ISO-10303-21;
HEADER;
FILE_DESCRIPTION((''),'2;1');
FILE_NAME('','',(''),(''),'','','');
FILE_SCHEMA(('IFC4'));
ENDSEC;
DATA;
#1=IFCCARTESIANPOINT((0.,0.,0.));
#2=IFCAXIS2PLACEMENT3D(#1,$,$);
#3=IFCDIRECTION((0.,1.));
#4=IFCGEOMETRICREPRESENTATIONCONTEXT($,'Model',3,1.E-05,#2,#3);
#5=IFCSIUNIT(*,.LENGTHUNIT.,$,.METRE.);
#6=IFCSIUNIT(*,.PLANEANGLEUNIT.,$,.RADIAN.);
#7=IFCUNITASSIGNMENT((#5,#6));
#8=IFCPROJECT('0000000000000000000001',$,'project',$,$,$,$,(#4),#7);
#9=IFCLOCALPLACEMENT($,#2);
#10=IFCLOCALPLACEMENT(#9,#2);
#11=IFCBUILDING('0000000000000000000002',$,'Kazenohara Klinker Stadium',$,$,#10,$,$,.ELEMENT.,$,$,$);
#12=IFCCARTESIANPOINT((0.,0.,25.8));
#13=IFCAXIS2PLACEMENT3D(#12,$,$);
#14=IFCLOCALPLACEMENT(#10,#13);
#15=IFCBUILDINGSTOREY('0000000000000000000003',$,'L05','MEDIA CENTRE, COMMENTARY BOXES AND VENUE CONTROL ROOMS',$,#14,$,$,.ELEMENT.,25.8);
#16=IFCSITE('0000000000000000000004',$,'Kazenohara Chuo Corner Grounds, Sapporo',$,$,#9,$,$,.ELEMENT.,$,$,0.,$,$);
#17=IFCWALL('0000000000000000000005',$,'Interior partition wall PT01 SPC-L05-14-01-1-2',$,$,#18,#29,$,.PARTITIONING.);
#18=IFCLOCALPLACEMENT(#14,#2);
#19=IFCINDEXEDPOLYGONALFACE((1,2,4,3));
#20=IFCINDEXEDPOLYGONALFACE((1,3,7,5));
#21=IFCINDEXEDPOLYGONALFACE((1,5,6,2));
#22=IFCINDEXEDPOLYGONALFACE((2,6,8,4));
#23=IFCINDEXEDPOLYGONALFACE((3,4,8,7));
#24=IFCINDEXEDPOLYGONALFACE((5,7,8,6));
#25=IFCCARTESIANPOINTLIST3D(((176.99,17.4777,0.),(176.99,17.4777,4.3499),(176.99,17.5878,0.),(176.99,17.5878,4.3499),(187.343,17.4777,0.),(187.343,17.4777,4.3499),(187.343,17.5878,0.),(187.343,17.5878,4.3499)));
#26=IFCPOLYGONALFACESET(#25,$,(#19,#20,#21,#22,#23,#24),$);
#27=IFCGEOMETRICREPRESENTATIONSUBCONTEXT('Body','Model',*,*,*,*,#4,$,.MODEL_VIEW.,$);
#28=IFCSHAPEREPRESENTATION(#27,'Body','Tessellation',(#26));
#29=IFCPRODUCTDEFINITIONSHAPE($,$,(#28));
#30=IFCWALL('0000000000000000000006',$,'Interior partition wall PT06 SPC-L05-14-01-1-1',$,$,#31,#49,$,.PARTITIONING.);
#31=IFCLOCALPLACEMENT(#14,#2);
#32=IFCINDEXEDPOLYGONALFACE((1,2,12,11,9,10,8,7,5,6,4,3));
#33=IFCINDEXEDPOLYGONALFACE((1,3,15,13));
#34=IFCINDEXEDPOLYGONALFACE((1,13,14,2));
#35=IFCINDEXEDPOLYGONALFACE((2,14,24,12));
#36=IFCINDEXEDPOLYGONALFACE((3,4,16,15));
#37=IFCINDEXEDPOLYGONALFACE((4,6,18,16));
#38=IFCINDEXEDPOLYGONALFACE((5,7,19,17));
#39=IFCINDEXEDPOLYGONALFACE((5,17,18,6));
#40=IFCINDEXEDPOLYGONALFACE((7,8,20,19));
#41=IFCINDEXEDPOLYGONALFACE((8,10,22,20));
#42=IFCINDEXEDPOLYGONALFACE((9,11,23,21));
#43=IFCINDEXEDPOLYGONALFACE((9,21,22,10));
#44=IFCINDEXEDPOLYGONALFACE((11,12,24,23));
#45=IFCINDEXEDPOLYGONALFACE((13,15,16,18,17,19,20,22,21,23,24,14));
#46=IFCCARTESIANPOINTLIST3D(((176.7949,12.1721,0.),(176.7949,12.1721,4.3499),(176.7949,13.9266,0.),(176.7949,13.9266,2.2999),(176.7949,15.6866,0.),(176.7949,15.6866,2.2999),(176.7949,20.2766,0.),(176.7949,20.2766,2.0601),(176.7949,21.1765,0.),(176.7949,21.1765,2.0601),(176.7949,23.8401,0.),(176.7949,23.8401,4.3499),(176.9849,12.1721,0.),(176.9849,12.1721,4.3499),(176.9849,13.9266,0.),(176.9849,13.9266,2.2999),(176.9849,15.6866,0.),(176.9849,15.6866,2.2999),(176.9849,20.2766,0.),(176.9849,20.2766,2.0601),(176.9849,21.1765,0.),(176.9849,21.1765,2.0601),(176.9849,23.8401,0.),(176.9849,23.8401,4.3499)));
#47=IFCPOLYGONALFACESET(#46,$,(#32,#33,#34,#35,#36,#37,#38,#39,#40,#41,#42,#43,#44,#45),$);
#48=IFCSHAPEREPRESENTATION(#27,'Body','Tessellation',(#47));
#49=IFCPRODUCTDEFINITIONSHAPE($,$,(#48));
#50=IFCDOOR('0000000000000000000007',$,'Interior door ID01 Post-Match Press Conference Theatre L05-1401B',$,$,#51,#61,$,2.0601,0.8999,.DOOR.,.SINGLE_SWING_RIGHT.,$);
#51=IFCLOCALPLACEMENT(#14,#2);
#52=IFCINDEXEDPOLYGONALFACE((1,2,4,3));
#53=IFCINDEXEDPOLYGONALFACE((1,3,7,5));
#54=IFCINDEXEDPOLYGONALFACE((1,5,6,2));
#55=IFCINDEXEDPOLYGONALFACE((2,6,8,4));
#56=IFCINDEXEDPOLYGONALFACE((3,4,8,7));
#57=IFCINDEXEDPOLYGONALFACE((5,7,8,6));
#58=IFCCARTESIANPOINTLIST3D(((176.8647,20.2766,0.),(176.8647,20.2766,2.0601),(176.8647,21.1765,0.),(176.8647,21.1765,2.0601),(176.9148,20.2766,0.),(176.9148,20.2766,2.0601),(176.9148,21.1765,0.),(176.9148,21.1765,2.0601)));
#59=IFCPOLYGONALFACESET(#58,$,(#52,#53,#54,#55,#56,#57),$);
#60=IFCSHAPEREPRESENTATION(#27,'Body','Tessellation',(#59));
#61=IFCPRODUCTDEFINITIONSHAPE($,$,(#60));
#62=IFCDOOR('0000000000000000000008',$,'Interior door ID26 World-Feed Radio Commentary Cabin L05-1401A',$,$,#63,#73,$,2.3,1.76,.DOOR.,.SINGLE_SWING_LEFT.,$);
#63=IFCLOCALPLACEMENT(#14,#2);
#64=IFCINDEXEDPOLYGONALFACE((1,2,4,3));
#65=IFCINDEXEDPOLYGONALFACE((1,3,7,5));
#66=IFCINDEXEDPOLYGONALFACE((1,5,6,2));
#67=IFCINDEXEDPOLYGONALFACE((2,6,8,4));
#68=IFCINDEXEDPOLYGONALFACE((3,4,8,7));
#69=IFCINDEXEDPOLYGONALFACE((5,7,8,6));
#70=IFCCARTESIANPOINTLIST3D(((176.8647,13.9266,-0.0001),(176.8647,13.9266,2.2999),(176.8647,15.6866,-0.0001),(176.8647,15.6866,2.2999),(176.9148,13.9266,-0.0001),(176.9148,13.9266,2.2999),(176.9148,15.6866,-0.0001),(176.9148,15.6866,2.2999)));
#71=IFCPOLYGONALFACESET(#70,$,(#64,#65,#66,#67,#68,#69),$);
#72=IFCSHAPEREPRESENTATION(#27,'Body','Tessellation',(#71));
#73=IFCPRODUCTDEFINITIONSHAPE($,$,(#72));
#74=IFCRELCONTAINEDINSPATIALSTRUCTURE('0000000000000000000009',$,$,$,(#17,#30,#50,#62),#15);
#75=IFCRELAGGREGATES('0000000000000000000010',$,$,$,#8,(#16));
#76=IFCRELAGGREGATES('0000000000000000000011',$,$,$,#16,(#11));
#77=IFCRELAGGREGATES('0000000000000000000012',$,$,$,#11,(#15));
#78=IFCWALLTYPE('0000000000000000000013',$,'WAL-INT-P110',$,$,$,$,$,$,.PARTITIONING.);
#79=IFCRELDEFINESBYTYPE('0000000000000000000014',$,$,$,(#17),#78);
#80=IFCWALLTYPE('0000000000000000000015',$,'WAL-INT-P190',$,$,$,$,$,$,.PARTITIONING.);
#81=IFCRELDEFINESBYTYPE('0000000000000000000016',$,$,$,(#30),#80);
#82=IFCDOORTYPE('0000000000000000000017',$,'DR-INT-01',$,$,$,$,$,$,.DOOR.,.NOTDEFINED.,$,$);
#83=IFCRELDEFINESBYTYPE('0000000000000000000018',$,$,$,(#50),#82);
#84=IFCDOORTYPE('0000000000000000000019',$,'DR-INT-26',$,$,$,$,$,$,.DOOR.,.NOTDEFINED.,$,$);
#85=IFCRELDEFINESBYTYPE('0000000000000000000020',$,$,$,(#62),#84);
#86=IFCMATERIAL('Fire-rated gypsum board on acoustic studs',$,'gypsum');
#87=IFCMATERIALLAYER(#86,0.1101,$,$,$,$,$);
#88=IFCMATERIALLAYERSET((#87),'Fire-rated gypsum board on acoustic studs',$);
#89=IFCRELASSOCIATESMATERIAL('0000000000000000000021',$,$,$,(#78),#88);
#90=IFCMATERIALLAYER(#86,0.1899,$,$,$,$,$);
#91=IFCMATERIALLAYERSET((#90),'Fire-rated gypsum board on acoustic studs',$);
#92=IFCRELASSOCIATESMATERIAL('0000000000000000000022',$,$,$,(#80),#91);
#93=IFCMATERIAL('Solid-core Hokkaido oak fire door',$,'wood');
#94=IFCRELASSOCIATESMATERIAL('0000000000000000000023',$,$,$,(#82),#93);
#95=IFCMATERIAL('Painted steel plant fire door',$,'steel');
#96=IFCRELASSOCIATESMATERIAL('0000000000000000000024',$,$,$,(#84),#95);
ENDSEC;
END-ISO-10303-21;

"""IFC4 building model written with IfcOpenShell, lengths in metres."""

from ifc_helpers import new_model, si_unit, direction, frame, frame_2d, origin, place, context, subcontext, project, spatial, rectangle, extrude, material, layer, layer_set, type_object, element, fill, save


model = new_model("IFC4")

# Units and contexts
model_context = context("Model", 3, precision=1e-05, world=origin(), true_north=direction((0.0, 1.0)))
body_context = subcontext(model_context, "Body", "Model", "MODEL_VIEW")
ifc_project = project(units=[si_unit("LENGTHUNIT", "METRE"), si_unit("PLANEANGLEUNIT", "RADIAN")], contexts=[model_context])

# Site, building, storey
site_placement = place(None, origin())
site = spatial("IfcSite", under=ifc_project, at=site_placement, Name="Kazenohara Chuo Corner Grounds, Sapporo", CompositionType="ELEMENT", RefElevation=0.0)
building_placement = place(site_placement, origin())
building = spatial("IfcBuilding", under=site, at=building_placement, Name="Kazenohara Klinker Stadium", CompositionType="ELEMENT")
storey_placement = place(building_placement, frame((0.0, 0.0, 25.8)))
storey = spatial("IfcBuildingStorey", under=building, at=storey_placement, Name="L05", Description="MEDIA CENTRE, COMMENTARY BOXES AND VENUE CONTROL ROOMS", CompositionType="ELEMENT", Elevation=25.8)

# Wall
ifc_material_1 = material(Name="Fire-rated gypsum board on acoustic studs", Category="gypsum")
ifc_layer_1 = layer(ifc_material_1, 0.1101)
ifc_layer_set_1 = layer_set([ifc_layer_1], Name="Fire-rated gypsum board on acoustic studs")
wall_type_1 = type_object("IfcWallType", Name="WAL-INT-P110", PredefinedType="PARTITIONING", material=ifc_layer_set_1)
wall_1_placement = place(storey_placement, frame((176.99, 17.5327, 0.0), z_axis=(0.0, 0.0, 1.0), x_axis=(1.0, 0.0, 0.0)))
element("IfcWall", 1, at=wall_1_placement, inside=storey, type_object=wall_type_1, Name="Interior partition wall PT01 SPC-L05-14-01-1-2", PredefinedType="PARTITIONING", context=body_context, shape_type="SweptSolid", body=[
    extrude(rectangle(XDim=10.353, YDim=0.1101, at=frame_2d((5.1765, 0.0))), origin(), (0.0, 0.0, 1.0), 4.3499),
])

# Wall, openings, doors
ifc_layer_2 = layer(ifc_material_1, 0.1899)
ifc_layer_set_2 = layer_set([ifc_layer_2], Name="Fire-rated gypsum board on acoustic studs")
wall_type_2 = type_object("IfcWallType", Name="WAL-INT-P190", PredefinedType="PARTITIONING", material=ifc_layer_set_2)
wall_2_placement = place(storey_placement, frame((176.8899, 12.1721, 0.0), z_axis=(0.0, 0.0, 1.0), x_axis=(0.0, 1.0, 0.0)))
wall_2 = element("IfcWall", 2, at=wall_2_placement, inside=storey, type_object=wall_type_2, Name="Interior partition wall PT06 SPC-L05-14-01-1-1", PredefinedType="PARTITIONING", context=body_context, shape_type="SweptSolid", body=[
    extrude(rectangle(XDim=11.668, YDim=0.1899, at=frame_2d((5.834, 0.0))), origin(), (0.0, 0.0, 1.0), 4.3499),
])
opening_1_placement = place(wall_2_placement, frame((3.5144, 0.0, 0.0), z_axis=(0.0, 0.0, 1.0), x_axis=(-1.0, 0.0, 0.0)))
opening_1 = element("IfcOpeningElement", 3, at=opening_1_placement, cuts=wall_2, PredefinedType="OPENING", context=body_context, shape_type="SweptSolid", body=[
    extrude(rectangle(XDim=1.76, YDim=2.3, at=frame_2d((0.8799, 1.1499))), frame((0.0, 0.105, 0.0), z_axis=(0.0, -1.0, 0.0), x_axis=(1.0, 0.0, 0.0)), (0.0, 0.0, 1.0), 0.21),
])
opening_2_placement = place(wall_2_placement, frame((9.0044, 0.0, 0.0), z_axis=(0.0, 0.0, 1.0), x_axis=(-1.0, 0.0, 0.0)))
opening_2 = element("IfcOpeningElement", 4, at=opening_2_placement, cuts=wall_2, PredefinedType="OPENING", context=body_context, shape_type="SweptSolid", body=[
    extrude(rectangle(XDim=0.8999, YDim=2.0601, at=frame_2d((0.45, 1.03))), frame((0.0, 0.105, 0.0), z_axis=(0.0, -1.0, 0.0), x_axis=(1.0, 0.0, 0.0)), (0.0, 0.0, 1.0), 0.21),
])
ifc_material_2 = material(Name="Solid-core Hokkaido oak fire door", Category="wood")
door_type_1 = type_object("IfcDoorType", Name="DR-INT-01", OperationType="NOTDEFINED", PredefinedType="DOOR", material=ifc_material_2)
door_1_placement = place(opening_2_placement, origin())
door_1 = element("IfcDoor", 5, at=door_1_placement, inside=storey, type_object=door_type_1, Name="Interior door ID01 Post-Match Press Conference Theatre L05-1401B", OperationType="SINGLE_SWING_RIGHT", OverallHeight=2.0601, OverallWidth=0.8999, PredefinedType="DOOR", context=body_context, shape_type="SweptSolid", body=[
    extrude(rectangle(XDim=0.8999, YDim=2.0601, at=frame_2d((0.45, 1.03))), frame((0.0, 0.0249, 0.0), z_axis=(0.0, -1.0, 0.0), x_axis=(1.0, 0.0, 0.0)), (0.0, 0.0, 1.0), 0.05),
])
fill(opening_2, door_1)
ifc_material_3 = material(Name="Painted steel plant fire door", Category="steel")
door_type_2 = type_object("IfcDoorType", Name="DR-INT-26", OperationType="NOTDEFINED", PredefinedType="DOOR", material=ifc_material_3)
door_2_placement = place(opening_1_placement, origin())
door_2 = element("IfcDoor", 6, at=door_2_placement, inside=storey, type_object=door_type_2, Name="Interior door ID26 World-Feed Radio Commentary Cabin L05-1401A", OperationType="SINGLE_SWING_LEFT", OverallHeight=2.3, OverallWidth=1.76, PredefinedType="DOOR", context=body_context, shape_type="SweptSolid", body=[
    extrude(rectangle(XDim=1.76, YDim=2.3, at=frame_2d((0.8799, 1.1499))), frame((0.0, 0.0249, 0.0), z_axis=(0.0, -1.0, 0.0), x_axis=(1.0, 0.0, 0.0)), (0.0, 0.0, 1.0), 0.05),
])
fill(opening_1, door_2)

save(model, "model.ifc")
